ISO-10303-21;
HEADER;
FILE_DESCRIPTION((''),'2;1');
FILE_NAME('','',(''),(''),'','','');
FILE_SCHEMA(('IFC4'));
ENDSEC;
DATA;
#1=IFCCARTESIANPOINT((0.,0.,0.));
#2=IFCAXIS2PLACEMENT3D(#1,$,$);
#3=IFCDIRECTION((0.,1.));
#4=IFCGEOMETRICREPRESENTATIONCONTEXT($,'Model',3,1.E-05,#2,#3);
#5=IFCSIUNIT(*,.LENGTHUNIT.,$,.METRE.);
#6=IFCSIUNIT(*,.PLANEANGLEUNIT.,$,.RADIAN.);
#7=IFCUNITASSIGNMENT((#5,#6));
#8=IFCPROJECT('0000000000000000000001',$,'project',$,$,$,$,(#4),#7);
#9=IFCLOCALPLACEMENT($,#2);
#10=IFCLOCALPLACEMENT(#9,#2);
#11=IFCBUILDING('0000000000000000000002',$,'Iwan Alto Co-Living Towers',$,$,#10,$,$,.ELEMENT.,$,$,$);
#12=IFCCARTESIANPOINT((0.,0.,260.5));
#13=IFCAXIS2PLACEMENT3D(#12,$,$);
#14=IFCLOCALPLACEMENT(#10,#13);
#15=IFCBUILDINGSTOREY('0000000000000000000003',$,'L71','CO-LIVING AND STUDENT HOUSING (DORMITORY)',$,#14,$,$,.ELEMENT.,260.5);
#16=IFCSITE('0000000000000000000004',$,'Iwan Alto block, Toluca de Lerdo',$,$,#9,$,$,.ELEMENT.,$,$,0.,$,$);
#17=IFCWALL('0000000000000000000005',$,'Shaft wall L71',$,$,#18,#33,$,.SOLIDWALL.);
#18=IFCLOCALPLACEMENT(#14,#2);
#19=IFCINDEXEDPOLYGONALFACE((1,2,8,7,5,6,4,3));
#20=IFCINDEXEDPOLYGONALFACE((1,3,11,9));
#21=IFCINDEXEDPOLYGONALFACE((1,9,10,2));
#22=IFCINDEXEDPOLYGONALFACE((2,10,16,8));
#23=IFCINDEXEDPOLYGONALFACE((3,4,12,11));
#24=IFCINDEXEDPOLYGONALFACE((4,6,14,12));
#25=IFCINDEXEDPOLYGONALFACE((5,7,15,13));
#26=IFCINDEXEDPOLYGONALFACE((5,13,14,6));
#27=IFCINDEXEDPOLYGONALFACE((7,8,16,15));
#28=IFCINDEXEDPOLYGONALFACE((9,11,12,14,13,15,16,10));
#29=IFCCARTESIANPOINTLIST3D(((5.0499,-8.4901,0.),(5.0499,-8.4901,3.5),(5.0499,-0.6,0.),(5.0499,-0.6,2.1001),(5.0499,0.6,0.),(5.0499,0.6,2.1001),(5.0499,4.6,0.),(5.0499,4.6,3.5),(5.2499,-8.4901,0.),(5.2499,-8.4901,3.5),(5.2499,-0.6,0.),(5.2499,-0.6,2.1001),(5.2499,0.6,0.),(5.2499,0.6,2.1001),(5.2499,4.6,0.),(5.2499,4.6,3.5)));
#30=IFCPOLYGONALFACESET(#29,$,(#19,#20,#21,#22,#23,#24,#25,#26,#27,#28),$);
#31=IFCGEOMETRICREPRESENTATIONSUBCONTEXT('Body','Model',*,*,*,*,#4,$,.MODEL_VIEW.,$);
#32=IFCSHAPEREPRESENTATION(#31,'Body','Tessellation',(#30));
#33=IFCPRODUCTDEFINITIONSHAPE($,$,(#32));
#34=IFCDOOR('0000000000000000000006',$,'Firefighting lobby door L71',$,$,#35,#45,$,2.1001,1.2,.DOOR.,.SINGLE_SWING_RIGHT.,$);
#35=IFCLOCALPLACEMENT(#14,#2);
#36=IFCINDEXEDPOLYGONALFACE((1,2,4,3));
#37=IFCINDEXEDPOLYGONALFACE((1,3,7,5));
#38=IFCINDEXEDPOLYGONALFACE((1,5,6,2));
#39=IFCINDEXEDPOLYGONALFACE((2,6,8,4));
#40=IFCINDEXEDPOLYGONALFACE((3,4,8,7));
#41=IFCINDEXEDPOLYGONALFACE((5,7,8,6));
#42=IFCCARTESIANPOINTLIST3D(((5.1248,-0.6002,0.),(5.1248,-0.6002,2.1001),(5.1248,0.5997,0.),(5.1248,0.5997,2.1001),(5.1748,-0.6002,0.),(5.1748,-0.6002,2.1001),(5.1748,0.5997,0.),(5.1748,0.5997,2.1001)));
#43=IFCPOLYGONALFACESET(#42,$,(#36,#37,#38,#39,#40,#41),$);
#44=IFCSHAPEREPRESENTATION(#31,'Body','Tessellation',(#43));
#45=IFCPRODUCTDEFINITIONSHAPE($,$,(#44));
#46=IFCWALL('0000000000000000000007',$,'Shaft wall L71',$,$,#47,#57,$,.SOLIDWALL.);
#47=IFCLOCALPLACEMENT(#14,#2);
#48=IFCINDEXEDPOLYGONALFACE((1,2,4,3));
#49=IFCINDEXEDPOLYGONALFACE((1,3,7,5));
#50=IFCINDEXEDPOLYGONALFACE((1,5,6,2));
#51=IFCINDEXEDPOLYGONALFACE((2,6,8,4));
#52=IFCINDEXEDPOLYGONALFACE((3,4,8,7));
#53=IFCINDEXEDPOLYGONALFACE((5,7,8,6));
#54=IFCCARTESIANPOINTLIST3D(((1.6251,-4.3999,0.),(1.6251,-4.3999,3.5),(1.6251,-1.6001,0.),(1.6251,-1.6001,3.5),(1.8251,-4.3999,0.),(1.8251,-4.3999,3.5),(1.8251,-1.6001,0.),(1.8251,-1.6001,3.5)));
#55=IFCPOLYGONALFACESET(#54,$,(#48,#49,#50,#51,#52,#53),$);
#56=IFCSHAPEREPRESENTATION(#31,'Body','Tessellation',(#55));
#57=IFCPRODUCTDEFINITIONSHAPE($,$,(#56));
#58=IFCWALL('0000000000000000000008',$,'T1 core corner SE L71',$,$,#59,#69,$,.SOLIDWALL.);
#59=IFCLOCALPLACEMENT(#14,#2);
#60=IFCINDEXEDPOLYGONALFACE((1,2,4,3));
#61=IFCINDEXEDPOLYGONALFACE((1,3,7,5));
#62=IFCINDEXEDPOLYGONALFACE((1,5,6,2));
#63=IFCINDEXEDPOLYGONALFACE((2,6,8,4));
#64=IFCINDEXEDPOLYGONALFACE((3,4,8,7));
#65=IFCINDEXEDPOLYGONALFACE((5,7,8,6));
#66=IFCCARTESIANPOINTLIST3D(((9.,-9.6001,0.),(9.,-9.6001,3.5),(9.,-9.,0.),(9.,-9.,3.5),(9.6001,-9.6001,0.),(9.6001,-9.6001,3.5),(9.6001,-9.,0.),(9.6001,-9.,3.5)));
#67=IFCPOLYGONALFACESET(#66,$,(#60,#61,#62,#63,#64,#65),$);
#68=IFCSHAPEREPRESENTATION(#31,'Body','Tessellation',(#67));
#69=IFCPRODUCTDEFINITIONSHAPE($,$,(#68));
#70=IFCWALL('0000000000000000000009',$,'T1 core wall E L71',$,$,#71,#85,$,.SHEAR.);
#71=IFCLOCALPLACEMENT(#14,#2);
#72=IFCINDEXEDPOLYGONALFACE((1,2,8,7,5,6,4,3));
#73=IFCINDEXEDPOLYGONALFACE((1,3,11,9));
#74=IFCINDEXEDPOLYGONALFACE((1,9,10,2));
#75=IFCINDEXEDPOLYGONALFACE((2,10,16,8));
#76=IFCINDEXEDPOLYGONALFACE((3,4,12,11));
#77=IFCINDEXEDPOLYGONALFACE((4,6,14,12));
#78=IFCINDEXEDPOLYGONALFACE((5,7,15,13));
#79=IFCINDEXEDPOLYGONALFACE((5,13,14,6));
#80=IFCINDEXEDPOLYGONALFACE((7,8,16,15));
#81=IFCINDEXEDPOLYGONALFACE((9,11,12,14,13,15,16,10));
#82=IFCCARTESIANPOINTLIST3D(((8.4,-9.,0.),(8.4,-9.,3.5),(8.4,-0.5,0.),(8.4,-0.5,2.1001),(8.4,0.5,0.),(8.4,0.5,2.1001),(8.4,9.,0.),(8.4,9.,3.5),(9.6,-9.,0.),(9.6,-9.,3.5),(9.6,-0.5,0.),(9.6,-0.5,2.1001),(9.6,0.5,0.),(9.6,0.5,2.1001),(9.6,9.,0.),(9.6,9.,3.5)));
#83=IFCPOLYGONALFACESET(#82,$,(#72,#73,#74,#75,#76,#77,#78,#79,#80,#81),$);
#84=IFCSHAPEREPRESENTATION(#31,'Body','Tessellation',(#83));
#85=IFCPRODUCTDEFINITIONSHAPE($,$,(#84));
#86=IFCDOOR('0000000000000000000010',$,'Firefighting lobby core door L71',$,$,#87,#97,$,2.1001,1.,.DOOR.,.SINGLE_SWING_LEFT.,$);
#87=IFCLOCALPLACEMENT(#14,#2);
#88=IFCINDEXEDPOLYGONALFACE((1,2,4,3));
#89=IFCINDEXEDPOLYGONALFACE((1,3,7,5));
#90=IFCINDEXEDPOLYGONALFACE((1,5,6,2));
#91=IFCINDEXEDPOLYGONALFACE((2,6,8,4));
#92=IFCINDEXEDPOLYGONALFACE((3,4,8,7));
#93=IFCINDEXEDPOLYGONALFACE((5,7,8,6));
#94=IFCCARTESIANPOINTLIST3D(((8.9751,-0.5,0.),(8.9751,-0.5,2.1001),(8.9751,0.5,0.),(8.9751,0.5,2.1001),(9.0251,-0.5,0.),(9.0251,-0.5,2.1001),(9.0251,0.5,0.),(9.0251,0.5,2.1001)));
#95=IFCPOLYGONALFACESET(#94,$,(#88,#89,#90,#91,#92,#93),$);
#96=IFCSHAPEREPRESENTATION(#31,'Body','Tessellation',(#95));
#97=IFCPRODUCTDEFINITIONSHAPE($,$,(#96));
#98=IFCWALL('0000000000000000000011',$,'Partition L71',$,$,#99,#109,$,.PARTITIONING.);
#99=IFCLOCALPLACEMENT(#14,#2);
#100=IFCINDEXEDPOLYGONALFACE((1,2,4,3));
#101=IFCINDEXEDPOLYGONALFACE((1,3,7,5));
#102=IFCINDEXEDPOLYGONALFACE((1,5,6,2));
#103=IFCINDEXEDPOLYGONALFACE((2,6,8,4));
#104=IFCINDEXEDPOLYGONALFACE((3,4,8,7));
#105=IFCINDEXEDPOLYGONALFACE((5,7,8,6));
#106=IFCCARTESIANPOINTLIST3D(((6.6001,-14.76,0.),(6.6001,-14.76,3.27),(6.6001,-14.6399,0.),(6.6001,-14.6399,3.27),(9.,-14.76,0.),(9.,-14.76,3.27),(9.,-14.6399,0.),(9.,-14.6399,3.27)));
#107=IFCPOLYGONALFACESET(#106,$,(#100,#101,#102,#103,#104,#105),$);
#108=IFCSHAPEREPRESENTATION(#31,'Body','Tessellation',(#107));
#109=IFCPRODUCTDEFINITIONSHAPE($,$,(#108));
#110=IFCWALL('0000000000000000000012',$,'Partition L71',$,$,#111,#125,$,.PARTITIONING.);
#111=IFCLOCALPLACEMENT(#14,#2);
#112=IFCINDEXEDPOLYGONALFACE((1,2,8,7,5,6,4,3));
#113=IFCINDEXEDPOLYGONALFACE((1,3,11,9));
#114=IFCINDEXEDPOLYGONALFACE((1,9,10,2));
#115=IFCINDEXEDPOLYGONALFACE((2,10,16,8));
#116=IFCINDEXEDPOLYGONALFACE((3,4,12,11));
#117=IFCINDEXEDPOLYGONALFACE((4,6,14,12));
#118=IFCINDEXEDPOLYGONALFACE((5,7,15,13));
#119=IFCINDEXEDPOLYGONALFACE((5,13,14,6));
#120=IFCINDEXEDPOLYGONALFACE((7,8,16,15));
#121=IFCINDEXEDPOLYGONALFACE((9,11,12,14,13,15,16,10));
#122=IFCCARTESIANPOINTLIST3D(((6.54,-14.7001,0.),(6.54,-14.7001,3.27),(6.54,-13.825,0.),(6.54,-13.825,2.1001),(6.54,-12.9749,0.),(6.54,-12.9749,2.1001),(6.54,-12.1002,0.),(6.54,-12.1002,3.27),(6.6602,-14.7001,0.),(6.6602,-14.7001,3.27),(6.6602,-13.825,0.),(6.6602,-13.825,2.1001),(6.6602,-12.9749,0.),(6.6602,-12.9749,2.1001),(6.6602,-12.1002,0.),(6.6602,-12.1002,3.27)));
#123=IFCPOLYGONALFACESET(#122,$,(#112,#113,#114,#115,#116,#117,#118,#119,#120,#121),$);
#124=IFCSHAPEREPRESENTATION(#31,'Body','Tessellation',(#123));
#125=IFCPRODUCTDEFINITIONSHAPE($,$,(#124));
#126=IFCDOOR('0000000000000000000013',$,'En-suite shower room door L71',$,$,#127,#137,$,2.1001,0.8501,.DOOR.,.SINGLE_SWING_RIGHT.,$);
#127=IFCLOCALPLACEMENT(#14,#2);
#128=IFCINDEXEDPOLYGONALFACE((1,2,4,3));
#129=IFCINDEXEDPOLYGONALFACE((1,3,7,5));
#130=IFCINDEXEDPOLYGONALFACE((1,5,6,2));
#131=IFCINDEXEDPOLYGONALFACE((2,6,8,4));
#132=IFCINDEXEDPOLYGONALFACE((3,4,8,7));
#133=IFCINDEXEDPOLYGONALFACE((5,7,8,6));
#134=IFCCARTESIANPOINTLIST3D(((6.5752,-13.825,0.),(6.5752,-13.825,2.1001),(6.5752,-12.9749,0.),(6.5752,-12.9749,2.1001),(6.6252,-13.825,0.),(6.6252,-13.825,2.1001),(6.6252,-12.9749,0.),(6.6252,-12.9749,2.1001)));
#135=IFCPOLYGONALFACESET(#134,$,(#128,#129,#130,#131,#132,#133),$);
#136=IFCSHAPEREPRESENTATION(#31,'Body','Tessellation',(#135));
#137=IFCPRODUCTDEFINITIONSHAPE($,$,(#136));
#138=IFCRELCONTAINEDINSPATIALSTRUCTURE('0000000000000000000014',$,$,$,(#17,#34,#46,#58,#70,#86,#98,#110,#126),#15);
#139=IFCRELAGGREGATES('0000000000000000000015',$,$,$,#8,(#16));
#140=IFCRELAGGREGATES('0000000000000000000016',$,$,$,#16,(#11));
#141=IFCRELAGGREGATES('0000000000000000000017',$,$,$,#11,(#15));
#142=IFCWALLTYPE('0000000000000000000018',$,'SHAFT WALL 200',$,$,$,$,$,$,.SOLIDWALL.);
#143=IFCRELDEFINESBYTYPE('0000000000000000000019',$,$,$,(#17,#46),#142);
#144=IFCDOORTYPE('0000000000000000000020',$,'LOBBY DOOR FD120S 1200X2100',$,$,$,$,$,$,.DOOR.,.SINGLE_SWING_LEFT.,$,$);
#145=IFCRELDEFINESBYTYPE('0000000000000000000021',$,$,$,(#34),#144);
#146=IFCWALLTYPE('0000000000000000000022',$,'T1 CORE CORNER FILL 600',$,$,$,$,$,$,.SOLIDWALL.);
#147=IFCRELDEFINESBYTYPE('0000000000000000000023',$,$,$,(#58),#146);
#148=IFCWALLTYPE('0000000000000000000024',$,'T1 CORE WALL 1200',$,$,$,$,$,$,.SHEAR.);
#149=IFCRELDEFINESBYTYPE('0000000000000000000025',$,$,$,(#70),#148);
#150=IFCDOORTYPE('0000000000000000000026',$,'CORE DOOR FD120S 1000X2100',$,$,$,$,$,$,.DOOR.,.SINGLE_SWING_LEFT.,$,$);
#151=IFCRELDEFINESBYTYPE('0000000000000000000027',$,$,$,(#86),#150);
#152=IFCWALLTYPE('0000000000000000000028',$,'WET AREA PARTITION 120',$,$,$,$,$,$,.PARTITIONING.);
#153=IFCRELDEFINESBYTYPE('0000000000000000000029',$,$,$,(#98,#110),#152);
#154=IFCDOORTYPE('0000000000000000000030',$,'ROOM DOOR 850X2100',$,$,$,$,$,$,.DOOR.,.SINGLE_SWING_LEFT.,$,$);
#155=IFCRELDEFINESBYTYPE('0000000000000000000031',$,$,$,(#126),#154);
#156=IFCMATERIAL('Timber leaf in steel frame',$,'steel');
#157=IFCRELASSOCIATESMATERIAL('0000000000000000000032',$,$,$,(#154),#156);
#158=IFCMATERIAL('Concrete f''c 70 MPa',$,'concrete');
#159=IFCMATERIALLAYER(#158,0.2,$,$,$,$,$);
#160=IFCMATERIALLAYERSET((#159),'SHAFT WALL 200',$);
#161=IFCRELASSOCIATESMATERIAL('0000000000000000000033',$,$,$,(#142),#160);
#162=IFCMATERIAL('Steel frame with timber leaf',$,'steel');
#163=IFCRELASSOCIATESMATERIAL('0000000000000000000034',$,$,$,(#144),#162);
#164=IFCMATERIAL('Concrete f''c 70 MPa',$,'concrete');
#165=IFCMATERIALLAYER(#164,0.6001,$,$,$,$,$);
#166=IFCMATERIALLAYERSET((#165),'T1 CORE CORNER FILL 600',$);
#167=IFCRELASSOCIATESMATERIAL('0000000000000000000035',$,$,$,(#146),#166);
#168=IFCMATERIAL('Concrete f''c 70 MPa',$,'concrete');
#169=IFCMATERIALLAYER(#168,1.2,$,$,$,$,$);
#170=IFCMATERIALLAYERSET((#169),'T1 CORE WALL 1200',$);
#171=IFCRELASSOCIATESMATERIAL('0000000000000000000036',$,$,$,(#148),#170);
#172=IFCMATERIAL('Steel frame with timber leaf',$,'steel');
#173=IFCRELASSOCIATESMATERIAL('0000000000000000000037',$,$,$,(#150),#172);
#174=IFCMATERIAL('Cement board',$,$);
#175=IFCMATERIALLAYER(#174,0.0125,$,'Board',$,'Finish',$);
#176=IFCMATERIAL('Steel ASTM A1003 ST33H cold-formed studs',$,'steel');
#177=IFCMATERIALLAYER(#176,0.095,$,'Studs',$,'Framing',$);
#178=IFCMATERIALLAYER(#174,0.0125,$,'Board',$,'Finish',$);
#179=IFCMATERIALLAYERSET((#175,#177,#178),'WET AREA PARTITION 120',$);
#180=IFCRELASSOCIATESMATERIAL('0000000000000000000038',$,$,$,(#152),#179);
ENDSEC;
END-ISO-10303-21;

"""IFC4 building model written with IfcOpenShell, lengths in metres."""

from ifc_helpers import new_model, si_unit, direction, frame, frame_2d, origin, place, context, subcontext, project, spatial, rectangle, extrude, material, layer, layer_set, type_object, element, fill, save


model = new_model("IFC4")

# Units and contexts
model_context = context("Model", 3, precision=1e-05, world=origin(), true_north=direction((0.0, 1.0)))
body_context = subcontext(model_context, "Body", "Model", "MODEL_VIEW")
ifc_project = project(units=[si_unit("LENGTHUNIT", "METRE"), si_unit("PLANEANGLEUNIT", "RADIAN")], contexts=[model_context])

# Site, building, storey
site_placement = place(None, origin())
site = spatial("IfcSite", under=ifc_project, at=site_placement, Name="Iwan Alto block, Toluca de Lerdo", CompositionType="ELEMENT", RefElevation=0.0)
building_placement = place(site_placement, origin())
building = spatial("IfcBuilding", under=site, at=building_placement, Name="Iwan Alto Co-Living Towers", CompositionType="ELEMENT")
storey_placement = place(building_placement, frame((0.0, 0.0, 260.5)))
storey = spatial("IfcBuildingStorey", under=building, at=storey_placement, Name="L71", Description="CO-LIVING AND STUDENT HOUSING (DORMITORY)", CompositionType="ELEMENT", Elevation=260.5)

# Shared definitions
ifc_material_1 = material(Name="Steel ASTM A1003 ST33H cold-formed studs", Category="steel")
ifc_material_2 = material(Name="Timber leaf in steel frame", Category="steel")
door_type_1 = type_object("IfcDoorType", Name="ROOM DOOR 850X2100", OperationType="SINGLE_SWING_LEFT", PredefinedType="DOOR", material=ifc_material_2)

# Wall, opening, door
ifc_material_3 = material(Name="Concrete f'c 70 MPa", Category="concrete")
ifc_layer_1 = layer(ifc_material_3, 0.2)
ifc_layer_set_1 = layer_set([ifc_layer_1], Name="SHAFT WALL 200")
wall_type_1 = type_object("IfcWallType", Name="SHAFT WALL 200", PredefinedType="SOLIDWALL", material=ifc_layer_set_1)
wall_1_placement = place(storey_placement, frame((5.1499, -8.49, 0.0), z_axis=(0.0, 0.0, 1.0), x_axis=(0.0, 1.0, 0.0)))
wall_1 = element("IfcWall", 1, at=wall_1_placement, inside=storey, type_object=wall_type_1, Name="Shaft wall L71", PredefinedType="SOLIDWALL", context=body_context, shape_type="SweptSolid", body=[
    extrude(rectangle(XDim=13.0901, YDim=0.2, at=frame_2d((6.5449, 0.0))), origin(), (0.0, 0.0, 1.0), 3.5),
])
opening_1_placement = place(wall_1_placement, frame((7.8899, 0.0, 0.0)))
opening_1 = element("IfcOpeningElement", 2, at=opening_1_placement, cuts=wall_1, PredefinedType="OPENING", context=body_context, shape_type="SweptSolid", body=[
    extrude(rectangle(XDim=1.2, YDim=2.1001, at=frame_2d((0.6001, 1.05))), frame((0.0, 0.1099, 0.0), z_axis=(0.0, -1.0, 0.0), x_axis=(1.0, 0.0, 0.0)), (0.0, 0.0, 1.0), 0.22),
])
ifc_material_4 = material(Name="Steel frame with timber leaf", Category="steel")
door_type_2 = type_object("IfcDoorType", Name="LOBBY DOOR FD120S 1200X2100", OperationType="SINGLE_SWING_LEFT", PredefinedType="DOOR", material=ifc_material_4)
door_1_placement = place(opening_1_placement, frame((1.2, 0.0, 0.0), z_axis=(0.0, 0.0, 1.0), x_axis=(-1.0, 0.0, 0.0)))
door_1 = element("IfcDoor", 3, at=door_1_placement, inside=storey, type_object=door_type_2, Name="Firefighting lobby door L71", OperationType="SINGLE_SWING_RIGHT", OverallHeight=2.1001, OverallWidth=1.2, PredefinedType="DOOR", context=body_context, shape_type="SweptSolid", body=[
    extrude(rectangle(XDim=1.2, YDim=2.1001, at=frame_2d((0.6001, 1.05))), frame((0.0, 0.0249, 0.0), z_axis=(0.0, -1.0, 0.0), x_axis=(1.0, 0.0, 0.0)), (0.0, 0.0, 1.0), 0.05),
])
fill(opening_1, door_1)

# Walls
wall_2_placement = place(storey_placement, frame((1.7251, -4.3999, 0.0), z_axis=(0.0, 0.0, 1.0), x_axis=(0.0, 1.0, 0.0)))
element("IfcWall", 4, at=wall_2_placement, inside=storey, type_object=wall_type_1, Name="Shaft wall L71", PredefinedType="SOLIDWALL", context=body_context, shape_type="SweptSolid", body=[
    extrude(rectangle(XDim=2.7998, YDim=0.2, at=frame_2d((1.3999, 0.0))), origin(), (0.0, 0.0, 1.0), 3.5),
])
ifc_material_5 = material(Name="Concrete f'c 70 MPa", Category="concrete")
ifc_layer_2 = layer(ifc_material_5, 0.6001)
ifc_layer_set_2 = layer_set([ifc_layer_2], Name="T1 CORE CORNER FILL 600")
wall_type_2 = type_object("IfcWallType", Name="T1 CORE CORNER FILL 600", PredefinedType="SOLIDWALL", material=ifc_layer_set_2)
wall_3_placement = place(storey_placement, frame((9.0, -9.3, 0.0), z_axis=(0.0, 0.0, 1.0), x_axis=(1.0, 0.0, 0.0)))
element("IfcWall", 5, at=wall_3_placement, inside=storey, type_object=wall_type_2, Name="T1 core corner SE L71", PredefinedType="SOLIDWALL", context=body_context, shape_type="SweptSolid", body=[
    extrude(rectangle(XDim=0.6001, YDim=0.6001, at=frame_2d((0.3, 0.0))), origin(), (0.0, 0.0, 1.0), 3.5),
])

# Wall, opening, door
ifc_material_6 = material(Name="Concrete f'c 70 MPa", Category="concrete")
ifc_layer_3 = layer(ifc_material_6, 1.2)
ifc_layer_set_3 = layer_set([ifc_layer_3], Name="T1 CORE WALL 1200")
wall_type_3 = type_object("IfcWallType", Name="T1 CORE WALL 1200", PredefinedType="SHEAR", material=ifc_layer_set_3)
wall_4_placement = place(storey_placement, frame((9.0, -9.0, 0.0), z_axis=(0.0, 0.0, 1.0), x_axis=(0.0, 1.0, 0.0)))
wall_4 = element("IfcWall", 6, at=wall_4_placement, inside=storey, type_object=wall_type_3, Name="T1 core wall E L71", PredefinedType="SHEAR", context=body_context, shape_type="SweptSolid", body=[
    extrude(rectangle(XDim=18.0, YDim=1.2, at=frame_2d((9.0, 0.0))), origin(), (0.0, 0.0, 1.0), 3.5),
])
opening_2_placement = place(wall_4_placement, frame((8.5, 0.0, 0.0)))
opening_2 = element("IfcOpeningElement", 7, at=opening_2_placement, cuts=wall_4, PredefinedType="OPENING", context=body_context, shape_type="SweptSolid", body=[
    extrude(rectangle(XDim=1.0, YDim=2.1001, at=frame_2d((0.5, 1.05))), frame((0.0, 0.6099, 0.0), z_axis=(0.0, -1.0, 0.0), x_axis=(1.0, 0.0, 0.0)), (0.0, 0.0, 1.0), 1.22),
])
ifc_material_7 = material(Name="Steel frame with timber leaf", Category="steel")
door_type_3 = type_object("IfcDoorType", Name="CORE DOOR FD120S 1000X2100", OperationType="SINGLE_SWING_LEFT", PredefinedType="DOOR", material=ifc_material_7)
door_2_placement = place(opening_2_placement, origin())
door_2 = element("IfcDoor", 8, at=door_2_placement, inside=storey, type_object=door_type_3, Name="Firefighting lobby core door L71", OperationType="SINGLE_SWING_LEFT", OverallHeight=2.1001, OverallWidth=1.0, PredefinedType="DOOR", context=body_context, shape_type="SweptSolid", body=[
    extrude(rectangle(XDim=1.0, YDim=2.1001, at=frame_2d((0.5, 1.05))), frame((0.0, 0.0249, 0.0), z_axis=(0.0, -1.0, 0.0), x_axis=(1.0, 0.0, 0.0)), (0.0, 0.0, 1.0), 0.05),
])
fill(opening_2, door_2)

# Wall
ifc_material_8 = material(Name="Cement board")
ifc_layer_4 = layer(ifc_material_8, 0.0125, Name="Board", Category="Finish")
ifc_layer_5 = layer(ifc_material_1, 0.095, Name="Studs", Category="Framing")
ifc_layer_6 = layer(ifc_material_8, 0.0125, Name="Board", Category="Finish")
ifc_layer_set_4 = layer_set([ifc_layer_4, ifc_layer_5, ifc_layer_6], Name="WET AREA PARTITION 120")
wall_type_4 = type_object("IfcWallType", Name="WET AREA PARTITION 120", PredefinedType="PARTITIONING", material=ifc_layer_set_4)
wall_5_placement = place(storey_placement, frame((6.6001, -14.7, 0.0), z_axis=(0.0, 0.0, 1.0), x_axis=(1.0, 0.0, 0.0)))
element("IfcWall", 9, at=wall_5_placement, inside=storey, type_object=wall_type_4, Name="Partition L71", PredefinedType="PARTITIONING", context=body_context, shape_type="SweptSolid", body=[
    extrude(rectangle(XDim=2.3999, YDim=0.1201, at=frame_2d((1.2, 0.0))), origin(), (0.0, 0.0, 1.0), 3.27),
])

# Wall, opening, door
wall_6_placement = place(storey_placement, frame((6.6001, -14.7, 0.0), z_axis=(0.0, 0.0, 1.0), x_axis=(0.0, 1.0, 0.0)))
wall_6 = element("IfcWall", 10, at=wall_6_placement, inside=storey, type_object=wall_type_4, Name="Partition L71", PredefinedType="PARTITIONING", context=body_context, shape_type="SweptSolid", body=[
    extrude(rectangle(XDim=2.5999, YDim=0.1201, at=frame_2d((1.2998, 0.0))), origin(), (0.0, 0.0, 1.0), 3.27),
])
opening_3_placement = place(wall_6_placement, frame((0.875, 0.0, 0.0)))
opening_3 = element("IfcOpeningElement", 11, at=opening_3_placement, cuts=wall_6, PredefinedType="OPENING", context=body_context, shape_type="SweptSolid", body=[
    extrude(rectangle(XDim=0.8501, YDim=2.1001, at=frame_2d((0.425, 1.05))), frame((0.0, 0.0701, 0.0), z_axis=(0.0, -1.0, 0.0), x_axis=(1.0, 0.0, 0.0)), (0.0, 0.0, 1.0), 0.1401),
])
door_3_placement = place(opening_3_placement, origin())
door_3 = element("IfcDoor", 12, at=door_3_placement, inside=storey, type_object=door_type_1, Name="En-suite shower room door L71", OperationType="SINGLE_SWING_RIGHT", OverallHeight=2.1001, OverallWidth=0.8501, PredefinedType="DOOR", context=body_context, shape_type="SweptSolid", body=[
    extrude(rectangle(XDim=0.8501, YDim=2.1001, at=frame_2d((0.425, 1.05))), frame((0.0, 0.0249, 0.0), z_axis=(0.0, -1.0, 0.0), x_axis=(1.0, 0.0, 0.0)), (0.0, 0.0, 1.0), 0.05),
])
fill(opening_3, door_3)

save(model, "model.ifc")
